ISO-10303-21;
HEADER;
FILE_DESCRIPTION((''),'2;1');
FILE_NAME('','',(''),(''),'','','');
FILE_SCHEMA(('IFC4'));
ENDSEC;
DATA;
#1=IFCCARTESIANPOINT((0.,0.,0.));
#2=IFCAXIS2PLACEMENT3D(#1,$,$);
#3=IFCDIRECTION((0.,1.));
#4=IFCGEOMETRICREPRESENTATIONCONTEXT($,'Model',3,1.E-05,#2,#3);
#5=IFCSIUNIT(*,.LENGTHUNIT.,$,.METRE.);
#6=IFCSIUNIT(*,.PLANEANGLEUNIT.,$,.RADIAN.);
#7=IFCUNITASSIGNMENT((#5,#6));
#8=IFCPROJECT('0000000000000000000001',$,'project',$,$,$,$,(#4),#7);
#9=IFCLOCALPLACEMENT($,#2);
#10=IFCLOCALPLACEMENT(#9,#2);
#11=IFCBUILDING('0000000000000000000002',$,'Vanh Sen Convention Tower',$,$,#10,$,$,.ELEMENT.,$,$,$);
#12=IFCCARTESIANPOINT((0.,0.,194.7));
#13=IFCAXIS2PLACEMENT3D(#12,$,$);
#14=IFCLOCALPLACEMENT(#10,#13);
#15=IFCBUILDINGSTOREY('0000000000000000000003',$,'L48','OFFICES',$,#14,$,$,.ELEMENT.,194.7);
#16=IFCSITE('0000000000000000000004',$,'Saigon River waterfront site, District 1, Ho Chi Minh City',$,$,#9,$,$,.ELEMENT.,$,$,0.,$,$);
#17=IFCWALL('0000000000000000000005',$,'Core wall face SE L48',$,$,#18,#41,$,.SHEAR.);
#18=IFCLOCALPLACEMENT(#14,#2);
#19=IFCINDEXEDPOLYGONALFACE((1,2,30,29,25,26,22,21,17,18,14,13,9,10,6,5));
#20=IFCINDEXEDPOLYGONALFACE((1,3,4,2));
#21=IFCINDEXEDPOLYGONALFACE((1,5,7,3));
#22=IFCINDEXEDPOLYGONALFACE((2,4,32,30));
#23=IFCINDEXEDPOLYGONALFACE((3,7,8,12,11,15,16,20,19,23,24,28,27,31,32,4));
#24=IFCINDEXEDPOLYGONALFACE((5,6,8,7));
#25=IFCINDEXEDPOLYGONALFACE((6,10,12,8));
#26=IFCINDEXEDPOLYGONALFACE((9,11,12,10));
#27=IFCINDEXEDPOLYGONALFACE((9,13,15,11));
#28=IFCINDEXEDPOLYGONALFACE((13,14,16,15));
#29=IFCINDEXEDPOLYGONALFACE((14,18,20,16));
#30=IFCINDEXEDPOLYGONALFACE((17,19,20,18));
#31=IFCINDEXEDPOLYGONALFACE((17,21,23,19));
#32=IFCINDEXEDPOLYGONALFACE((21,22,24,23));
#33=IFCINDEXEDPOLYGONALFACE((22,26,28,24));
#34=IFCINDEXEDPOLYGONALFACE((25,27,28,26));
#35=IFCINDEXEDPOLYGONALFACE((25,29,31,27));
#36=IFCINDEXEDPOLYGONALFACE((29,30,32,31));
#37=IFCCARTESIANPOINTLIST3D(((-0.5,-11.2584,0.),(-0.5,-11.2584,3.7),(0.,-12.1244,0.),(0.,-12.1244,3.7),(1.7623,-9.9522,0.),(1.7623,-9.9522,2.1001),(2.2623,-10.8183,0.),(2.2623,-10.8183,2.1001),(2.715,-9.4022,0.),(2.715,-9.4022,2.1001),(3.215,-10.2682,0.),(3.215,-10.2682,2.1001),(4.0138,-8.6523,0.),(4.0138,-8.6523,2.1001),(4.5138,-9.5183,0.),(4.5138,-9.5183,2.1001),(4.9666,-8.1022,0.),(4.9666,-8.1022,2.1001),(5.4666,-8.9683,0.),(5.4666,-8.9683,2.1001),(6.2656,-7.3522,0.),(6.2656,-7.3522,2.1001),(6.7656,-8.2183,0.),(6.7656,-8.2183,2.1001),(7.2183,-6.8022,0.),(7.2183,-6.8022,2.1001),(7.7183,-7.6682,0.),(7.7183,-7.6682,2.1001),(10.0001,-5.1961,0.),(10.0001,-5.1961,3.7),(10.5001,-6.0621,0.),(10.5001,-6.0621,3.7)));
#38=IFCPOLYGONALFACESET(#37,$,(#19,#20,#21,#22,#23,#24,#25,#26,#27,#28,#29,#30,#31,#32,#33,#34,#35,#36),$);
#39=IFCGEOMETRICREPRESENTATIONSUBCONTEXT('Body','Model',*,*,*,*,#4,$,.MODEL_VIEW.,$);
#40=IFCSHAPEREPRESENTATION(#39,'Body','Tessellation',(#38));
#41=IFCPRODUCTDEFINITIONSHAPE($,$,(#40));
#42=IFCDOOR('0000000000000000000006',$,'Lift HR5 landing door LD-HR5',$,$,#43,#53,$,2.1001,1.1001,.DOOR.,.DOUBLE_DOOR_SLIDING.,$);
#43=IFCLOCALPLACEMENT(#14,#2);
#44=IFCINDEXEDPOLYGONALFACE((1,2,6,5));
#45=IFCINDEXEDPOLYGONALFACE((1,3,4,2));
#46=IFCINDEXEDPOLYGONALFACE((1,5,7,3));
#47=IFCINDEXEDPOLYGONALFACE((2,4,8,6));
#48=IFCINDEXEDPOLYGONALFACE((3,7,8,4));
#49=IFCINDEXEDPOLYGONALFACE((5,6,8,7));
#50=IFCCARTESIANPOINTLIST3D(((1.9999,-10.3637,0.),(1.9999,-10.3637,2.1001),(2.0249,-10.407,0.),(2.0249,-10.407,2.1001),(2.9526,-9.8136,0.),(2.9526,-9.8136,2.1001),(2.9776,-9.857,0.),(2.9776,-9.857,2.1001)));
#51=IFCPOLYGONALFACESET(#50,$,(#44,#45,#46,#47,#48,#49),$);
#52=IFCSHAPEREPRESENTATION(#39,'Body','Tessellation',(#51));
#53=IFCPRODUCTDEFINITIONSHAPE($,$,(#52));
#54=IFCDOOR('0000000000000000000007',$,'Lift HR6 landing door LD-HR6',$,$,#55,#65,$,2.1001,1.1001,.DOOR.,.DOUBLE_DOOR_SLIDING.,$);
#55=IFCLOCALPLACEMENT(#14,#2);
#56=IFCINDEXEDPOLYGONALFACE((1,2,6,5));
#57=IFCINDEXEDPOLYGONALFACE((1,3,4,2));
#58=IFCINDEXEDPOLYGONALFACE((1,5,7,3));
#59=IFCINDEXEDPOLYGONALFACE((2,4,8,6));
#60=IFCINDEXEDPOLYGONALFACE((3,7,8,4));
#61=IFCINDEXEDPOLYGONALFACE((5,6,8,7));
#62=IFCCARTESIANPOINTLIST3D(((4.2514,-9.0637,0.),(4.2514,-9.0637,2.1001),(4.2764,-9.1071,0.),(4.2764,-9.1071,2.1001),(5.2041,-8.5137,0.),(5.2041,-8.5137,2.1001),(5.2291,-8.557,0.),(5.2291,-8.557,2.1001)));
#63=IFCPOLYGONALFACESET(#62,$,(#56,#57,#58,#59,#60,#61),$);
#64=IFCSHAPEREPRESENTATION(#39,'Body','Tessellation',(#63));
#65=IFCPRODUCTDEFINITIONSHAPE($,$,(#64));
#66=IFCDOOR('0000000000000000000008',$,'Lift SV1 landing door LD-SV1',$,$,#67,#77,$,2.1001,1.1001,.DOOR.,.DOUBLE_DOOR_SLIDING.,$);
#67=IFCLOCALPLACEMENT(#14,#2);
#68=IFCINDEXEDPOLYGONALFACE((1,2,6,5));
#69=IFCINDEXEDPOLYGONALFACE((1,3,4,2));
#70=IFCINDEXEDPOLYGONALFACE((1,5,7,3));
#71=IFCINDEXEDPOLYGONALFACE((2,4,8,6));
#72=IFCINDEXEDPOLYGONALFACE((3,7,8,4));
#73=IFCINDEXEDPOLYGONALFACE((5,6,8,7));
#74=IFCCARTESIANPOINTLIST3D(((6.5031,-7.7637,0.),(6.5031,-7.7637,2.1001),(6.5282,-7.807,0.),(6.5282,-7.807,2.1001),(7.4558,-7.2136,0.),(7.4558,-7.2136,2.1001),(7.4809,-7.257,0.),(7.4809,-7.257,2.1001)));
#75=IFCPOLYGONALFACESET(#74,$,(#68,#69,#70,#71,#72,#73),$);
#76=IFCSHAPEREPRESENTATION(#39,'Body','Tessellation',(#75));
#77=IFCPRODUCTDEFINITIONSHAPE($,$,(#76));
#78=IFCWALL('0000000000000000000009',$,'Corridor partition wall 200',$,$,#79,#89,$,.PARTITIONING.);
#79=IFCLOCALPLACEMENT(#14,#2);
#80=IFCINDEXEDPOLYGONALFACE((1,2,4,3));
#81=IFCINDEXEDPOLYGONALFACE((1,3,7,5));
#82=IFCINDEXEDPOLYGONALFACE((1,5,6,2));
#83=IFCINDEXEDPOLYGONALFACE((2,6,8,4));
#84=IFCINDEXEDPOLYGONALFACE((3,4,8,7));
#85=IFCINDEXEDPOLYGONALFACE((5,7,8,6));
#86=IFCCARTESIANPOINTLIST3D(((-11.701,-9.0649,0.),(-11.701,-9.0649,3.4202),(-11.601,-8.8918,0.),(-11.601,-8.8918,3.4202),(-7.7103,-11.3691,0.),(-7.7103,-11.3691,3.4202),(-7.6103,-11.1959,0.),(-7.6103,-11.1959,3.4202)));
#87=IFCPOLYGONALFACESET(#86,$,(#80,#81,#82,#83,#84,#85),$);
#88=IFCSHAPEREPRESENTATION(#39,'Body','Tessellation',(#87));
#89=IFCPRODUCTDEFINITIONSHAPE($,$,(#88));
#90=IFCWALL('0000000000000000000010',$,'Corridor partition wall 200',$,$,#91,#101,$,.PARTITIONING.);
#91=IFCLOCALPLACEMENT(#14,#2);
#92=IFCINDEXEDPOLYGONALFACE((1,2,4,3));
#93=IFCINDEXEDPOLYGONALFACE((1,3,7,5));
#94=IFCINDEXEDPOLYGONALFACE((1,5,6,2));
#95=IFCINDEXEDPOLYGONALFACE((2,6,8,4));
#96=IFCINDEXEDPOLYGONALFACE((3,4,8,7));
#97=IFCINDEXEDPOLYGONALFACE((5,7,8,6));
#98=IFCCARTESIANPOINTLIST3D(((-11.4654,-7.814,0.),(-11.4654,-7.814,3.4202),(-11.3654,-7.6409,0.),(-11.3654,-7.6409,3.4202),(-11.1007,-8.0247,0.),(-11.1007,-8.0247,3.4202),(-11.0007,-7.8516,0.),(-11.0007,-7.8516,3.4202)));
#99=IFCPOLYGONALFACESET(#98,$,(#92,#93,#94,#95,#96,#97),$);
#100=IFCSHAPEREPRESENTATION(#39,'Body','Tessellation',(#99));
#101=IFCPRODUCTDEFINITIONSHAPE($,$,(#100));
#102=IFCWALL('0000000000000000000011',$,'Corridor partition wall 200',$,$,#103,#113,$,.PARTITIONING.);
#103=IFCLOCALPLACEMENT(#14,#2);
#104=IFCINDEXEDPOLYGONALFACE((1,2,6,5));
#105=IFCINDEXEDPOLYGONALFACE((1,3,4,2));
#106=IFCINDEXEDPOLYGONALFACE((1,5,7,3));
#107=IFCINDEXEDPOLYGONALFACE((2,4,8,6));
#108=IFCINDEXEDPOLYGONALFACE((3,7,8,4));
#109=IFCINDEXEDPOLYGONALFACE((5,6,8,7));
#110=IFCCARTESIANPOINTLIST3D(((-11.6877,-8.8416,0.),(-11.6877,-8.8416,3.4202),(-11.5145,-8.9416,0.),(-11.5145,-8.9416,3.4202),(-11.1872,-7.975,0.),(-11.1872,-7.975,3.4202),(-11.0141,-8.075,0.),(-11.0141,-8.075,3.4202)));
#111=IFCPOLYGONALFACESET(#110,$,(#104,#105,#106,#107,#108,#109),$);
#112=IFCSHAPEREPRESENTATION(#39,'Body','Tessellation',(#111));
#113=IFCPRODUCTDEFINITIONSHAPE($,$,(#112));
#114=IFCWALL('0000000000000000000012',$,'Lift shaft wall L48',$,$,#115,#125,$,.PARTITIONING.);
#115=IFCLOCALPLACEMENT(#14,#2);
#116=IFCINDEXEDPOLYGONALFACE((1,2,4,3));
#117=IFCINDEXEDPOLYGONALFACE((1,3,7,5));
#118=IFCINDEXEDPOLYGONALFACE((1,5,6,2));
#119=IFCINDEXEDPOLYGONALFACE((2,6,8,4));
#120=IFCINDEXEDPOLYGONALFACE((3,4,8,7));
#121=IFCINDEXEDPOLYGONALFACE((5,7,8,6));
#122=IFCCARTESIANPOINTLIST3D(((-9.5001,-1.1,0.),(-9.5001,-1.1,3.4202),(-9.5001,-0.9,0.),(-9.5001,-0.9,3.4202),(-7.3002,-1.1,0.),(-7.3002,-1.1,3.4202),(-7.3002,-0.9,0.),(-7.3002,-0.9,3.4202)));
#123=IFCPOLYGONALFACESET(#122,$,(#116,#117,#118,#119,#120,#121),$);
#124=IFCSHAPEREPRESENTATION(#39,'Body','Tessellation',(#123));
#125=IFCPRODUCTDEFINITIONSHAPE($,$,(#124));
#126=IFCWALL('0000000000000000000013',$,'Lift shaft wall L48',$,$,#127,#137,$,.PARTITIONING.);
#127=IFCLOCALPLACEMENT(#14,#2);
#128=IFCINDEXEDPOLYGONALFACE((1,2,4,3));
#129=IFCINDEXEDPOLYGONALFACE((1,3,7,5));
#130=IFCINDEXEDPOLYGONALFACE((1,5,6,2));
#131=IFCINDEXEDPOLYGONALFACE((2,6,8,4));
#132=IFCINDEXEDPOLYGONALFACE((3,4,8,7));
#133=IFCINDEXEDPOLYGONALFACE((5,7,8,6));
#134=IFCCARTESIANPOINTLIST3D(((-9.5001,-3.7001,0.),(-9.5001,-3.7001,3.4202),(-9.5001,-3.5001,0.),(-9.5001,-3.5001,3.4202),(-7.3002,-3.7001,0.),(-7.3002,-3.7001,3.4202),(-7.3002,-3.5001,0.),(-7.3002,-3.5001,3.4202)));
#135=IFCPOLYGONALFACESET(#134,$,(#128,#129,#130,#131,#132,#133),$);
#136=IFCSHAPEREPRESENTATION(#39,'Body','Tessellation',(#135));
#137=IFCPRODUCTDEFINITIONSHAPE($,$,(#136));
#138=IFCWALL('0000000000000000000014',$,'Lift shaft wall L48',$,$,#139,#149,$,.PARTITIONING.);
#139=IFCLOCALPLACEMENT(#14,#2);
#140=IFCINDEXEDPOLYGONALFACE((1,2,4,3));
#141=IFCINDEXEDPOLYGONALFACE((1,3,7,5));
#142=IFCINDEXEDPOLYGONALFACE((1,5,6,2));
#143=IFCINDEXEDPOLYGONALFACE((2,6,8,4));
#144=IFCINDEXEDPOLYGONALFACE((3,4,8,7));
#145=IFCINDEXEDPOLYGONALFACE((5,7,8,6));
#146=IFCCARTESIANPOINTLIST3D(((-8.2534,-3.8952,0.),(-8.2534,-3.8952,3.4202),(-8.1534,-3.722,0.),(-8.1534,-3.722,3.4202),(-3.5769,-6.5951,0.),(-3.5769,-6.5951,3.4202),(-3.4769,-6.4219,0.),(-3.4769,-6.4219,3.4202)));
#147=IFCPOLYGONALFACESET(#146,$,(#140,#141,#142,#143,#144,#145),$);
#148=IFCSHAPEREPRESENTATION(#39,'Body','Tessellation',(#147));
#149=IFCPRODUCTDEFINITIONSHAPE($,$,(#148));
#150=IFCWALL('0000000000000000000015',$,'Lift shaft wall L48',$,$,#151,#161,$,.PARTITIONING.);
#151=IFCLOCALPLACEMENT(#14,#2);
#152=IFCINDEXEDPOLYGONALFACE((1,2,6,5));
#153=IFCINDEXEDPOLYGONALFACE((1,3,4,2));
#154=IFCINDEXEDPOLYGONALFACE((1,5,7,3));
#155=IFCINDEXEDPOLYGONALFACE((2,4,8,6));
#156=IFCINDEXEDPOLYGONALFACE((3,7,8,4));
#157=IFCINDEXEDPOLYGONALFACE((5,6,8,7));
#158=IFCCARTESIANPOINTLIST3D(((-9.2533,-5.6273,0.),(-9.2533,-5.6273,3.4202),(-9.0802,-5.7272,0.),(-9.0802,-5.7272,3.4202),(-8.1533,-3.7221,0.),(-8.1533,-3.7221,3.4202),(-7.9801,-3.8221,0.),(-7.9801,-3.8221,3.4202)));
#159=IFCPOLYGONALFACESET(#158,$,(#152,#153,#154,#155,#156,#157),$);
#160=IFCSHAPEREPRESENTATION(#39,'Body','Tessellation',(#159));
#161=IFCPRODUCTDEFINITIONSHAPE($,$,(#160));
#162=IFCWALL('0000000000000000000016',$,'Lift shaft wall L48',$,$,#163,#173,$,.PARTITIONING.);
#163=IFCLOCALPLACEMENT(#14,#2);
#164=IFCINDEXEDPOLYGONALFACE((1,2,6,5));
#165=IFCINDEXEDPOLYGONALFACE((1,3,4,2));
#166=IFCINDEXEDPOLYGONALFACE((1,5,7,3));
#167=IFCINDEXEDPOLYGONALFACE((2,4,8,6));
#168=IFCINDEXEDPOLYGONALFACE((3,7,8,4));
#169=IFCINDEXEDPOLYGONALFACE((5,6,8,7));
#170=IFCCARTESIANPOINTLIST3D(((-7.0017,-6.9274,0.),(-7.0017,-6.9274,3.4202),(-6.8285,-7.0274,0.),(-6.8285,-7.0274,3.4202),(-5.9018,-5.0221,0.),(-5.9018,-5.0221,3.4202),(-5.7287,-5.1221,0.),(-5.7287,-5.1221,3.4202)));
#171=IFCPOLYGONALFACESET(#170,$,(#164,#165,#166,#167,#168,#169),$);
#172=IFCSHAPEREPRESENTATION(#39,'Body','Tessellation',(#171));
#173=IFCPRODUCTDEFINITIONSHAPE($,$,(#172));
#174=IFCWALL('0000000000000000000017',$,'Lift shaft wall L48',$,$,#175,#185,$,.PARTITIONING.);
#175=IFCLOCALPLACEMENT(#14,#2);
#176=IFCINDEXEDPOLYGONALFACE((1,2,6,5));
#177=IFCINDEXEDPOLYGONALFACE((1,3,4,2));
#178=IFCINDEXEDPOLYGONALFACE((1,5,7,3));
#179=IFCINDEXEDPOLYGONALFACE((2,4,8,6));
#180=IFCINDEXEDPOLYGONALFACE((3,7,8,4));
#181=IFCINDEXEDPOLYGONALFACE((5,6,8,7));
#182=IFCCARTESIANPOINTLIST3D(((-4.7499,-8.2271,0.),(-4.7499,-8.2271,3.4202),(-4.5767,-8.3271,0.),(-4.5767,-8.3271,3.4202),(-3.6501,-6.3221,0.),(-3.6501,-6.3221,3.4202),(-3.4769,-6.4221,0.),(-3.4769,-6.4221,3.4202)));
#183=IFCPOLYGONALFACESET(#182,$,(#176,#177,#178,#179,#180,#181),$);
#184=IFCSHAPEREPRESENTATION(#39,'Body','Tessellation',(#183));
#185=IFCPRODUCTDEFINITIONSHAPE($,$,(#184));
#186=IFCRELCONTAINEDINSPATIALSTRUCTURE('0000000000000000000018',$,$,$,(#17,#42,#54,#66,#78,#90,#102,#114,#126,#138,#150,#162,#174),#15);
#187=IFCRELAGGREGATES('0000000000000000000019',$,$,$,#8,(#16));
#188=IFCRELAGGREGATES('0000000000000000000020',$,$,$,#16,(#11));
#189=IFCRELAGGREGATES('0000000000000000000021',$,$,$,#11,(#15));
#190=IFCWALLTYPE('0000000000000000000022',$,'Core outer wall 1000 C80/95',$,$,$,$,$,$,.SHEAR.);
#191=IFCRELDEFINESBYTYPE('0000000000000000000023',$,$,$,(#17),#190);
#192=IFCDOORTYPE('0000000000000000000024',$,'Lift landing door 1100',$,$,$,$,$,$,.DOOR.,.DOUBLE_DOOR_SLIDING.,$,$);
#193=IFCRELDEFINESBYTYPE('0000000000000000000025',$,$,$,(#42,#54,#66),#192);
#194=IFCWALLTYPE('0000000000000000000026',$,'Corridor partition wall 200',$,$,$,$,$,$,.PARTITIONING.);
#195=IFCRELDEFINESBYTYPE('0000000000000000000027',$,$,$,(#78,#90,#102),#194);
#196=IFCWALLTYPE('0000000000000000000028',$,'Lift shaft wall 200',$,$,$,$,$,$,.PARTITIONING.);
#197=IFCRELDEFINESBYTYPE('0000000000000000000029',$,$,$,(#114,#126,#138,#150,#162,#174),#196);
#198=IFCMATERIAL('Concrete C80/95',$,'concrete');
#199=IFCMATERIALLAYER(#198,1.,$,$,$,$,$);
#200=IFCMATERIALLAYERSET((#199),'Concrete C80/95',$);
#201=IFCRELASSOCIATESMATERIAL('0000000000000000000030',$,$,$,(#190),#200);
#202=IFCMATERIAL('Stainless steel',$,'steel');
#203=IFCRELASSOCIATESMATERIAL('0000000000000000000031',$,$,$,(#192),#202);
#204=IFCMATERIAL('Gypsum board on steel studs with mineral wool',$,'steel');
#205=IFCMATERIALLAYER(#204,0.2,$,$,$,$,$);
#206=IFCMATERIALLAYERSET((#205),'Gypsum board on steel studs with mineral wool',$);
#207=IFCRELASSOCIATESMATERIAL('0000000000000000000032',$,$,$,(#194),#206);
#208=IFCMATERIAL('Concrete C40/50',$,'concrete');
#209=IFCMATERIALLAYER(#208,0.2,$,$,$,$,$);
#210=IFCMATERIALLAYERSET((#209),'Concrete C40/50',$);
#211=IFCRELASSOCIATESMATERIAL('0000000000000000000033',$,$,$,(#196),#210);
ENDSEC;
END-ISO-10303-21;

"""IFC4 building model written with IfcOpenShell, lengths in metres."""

from ifc_helpers import new_model, si_unit, direction, frame, frame_2d, origin, place, context, subcontext, project, spatial, rectangle, extrude, material, layer, layer_set, type_object, element, fill, save


model = new_model("IFC4")

# Units and contexts
model_context = context("Model", 3, precision=1e-05, world=origin(), true_north=direction((0.0, 1.0)))
body_context = subcontext(model_context, "Body", "Model", "MODEL_VIEW")
ifc_project = project(units=[si_unit("LENGTHUNIT", "METRE"), si_unit("PLANEANGLEUNIT", "RADIAN")], contexts=[model_context])

# Site, building, storey
site_placement = place(None, origin())
site = spatial("IfcSite", under=ifc_project, at=site_placement, Name="Saigon River waterfront site, District 1, Ho Chi Minh City", CompositionType="ELEMENT", RefElevation=0.0)
building_placement = place(site_placement, origin())
building = spatial("IfcBuilding", under=site, at=building_placement, Name="Vanh Sen Convention Tower", CompositionType="ELEMENT")
storey_placement = place(building_placement, frame((0.0, 0.0, 194.7)))
storey = spatial("IfcBuildingStorey", under=building, at=storey_placement, Name="L48", Description="OFFICES", CompositionType="ELEMENT", Elevation=194.7)

# Shared definitions
ifc_material_1 = material(Name="Concrete C40/50", Category="concrete")

# Wall, openings, doors
ifc_material_2 = material(Name="Concrete C80/95", Category="concrete")
ifc_layer_1 = layer(ifc_material_2, 1.0)
ifc_layer_set_1 = layer_set([ifc_layer_1], Name="Concrete C80/95")
wall_type_1 = type_object("IfcWallType", Name="Core outer wall 1000 C80/95", PredefinedType="SHEAR", material=ifc_layer_set_1)
ifc_material_3 = material(Name="Stainless steel", Category="steel")
door_type_1 = type_object("IfcDoorType", Name="Lift landing door 1100", OperationType="DOUBLE_DOOR_SLIDING", PredefinedType="DOOR", material=ifc_material_3)
wall_1_placement = place(storey_placement, frame((-0.25, -11.6914, 0.0), z_axis=(0.0, 0.0, 1.0), x_axis=(0.866023, 0.500005, 0.0)))
wall_1 = element("IfcWall", 1, at=wall_1_placement, inside=storey, type_object=wall_type_1, Name="Core wall face SE L48", PredefinedType="SHEAR", context=body_context, shape_type="SweptSolid", body=[
    extrude(rectangle(XDim=12.1245, YDim=1.0, at=frame_2d((6.0623, 0.0))), origin(), (0.0, 0.0, 1.0), 3.7),
])
opening_1_placement = place(wall_1_placement, frame((2.6123, 0.0, 0.0)))
opening_1 = element("IfcOpeningElement", 2, at=opening_1_placement, cuts=wall_1, PredefinedType="OPENING", context=body_context, shape_type="SweptSolid", body=[
    extrude(rectangle(XDim=1.1001, YDim=2.1001, at=frame_2d((0.55, 1.05))), frame((0.0, 0.51, 0.0), z_axis=(0.0, -1.0, 0.0), x_axis=(1.0, 0.0, 0.0)), (0.0, 0.0, 1.0), 1.02),
])
opening_2_placement = place(wall_1_placement, frame((5.2122, 0.0, 0.0)))
opening_2 = element("IfcOpeningElement", 3, at=opening_2_placement, cuts=wall_1, PredefinedType="OPENING", context=body_context, shape_type="SweptSolid", body=[
    extrude(rectangle(XDim=1.1001, YDim=2.1001, at=frame_2d((0.55, 1.05))), frame((0.0, 0.51, 0.0), z_axis=(0.0, -1.0, 0.0), x_axis=(1.0, 0.0, 0.0)), (0.0, 0.0, 1.0), 1.02),
])
opening_3_placement = place(wall_1_placement, frame((7.8123, 0.0, 0.0)))
opening_3 = element("IfcOpeningElement", 4, at=opening_3_placement, cuts=wall_1, PredefinedType="OPENING", context=body_context, shape_type="SweptSolid", body=[
    extrude(rectangle(XDim=1.1001, YDim=2.1001, at=frame_2d((0.55, 1.05))), frame((0.0, 0.51, 0.0), z_axis=(0.0, -1.0, 0.0), x_axis=(1.0, 0.0, 0.0)), (0.0, 0.0, 1.0), 1.02),
])
door_1_placement = place(opening_1_placement, origin())
door_1 = element("IfcDoor", 5, at=door_1_placement, inside=storey, type_object=door_type_1, Name="Lift HR5 landing door LD-HR5", OperationType="DOUBLE_DOOR_SLIDING", OverallHeight=2.1001, OverallWidth=1.1001, PredefinedType="DOOR", context=body_context, shape_type="SweptSolid", body=[
    extrude(rectangle(XDim=1.1001, YDim=2.1001, at=frame_2d((0.55, 1.05))), frame((0.0, 0.0249, 0.0), z_axis=(0.0, -1.0, 0.0), x_axis=(1.0, 0.0, 0.0)), (0.0, 0.0, 1.0), 0.05),
])
fill(opening_1, door_1)
door_2_placement = place(opening_2_placement, origin())
door_2 = element("IfcDoor", 6, at=door_2_placement, inside=storey, type_object=door_type_1, Name="Lift HR6 landing door LD-HR6", OperationType="DOUBLE_DOOR_SLIDING", OverallHeight=2.1001, OverallWidth=1.1001, PredefinedType="DOOR", context=body_context, shape_type="SweptSolid", body=[
    extrude(rectangle(XDim=1.1001, YDim=2.1001, at=frame_2d((0.55, 1.05))), frame((0.0, 0.0249, 0.0), z_axis=(0.0, -1.0, 0.0), x_axis=(1.0, 0.0, 0.0)), (0.0, 0.0, 1.0), 0.05),
])
fill(opening_2, door_2)
door_3_placement = place(opening_3_placement, origin())
door_3 = element("IfcDoor", 7, at=door_3_placement, inside=storey, type_object=door_type_1, Name="Lift SV1 landing door LD-SV1", OperationType="DOUBLE_DOOR_SLIDING", OverallHeight=2.1001, OverallWidth=1.1001, PredefinedType="DOOR", context=body_context, shape_type="SweptSolid", body=[
    extrude(rectangle(XDim=1.1001, YDim=2.1001, at=frame_2d((0.55, 1.05))), frame((0.0, 0.0249, 0.0), z_axis=(0.0, -1.0, 0.0), x_axis=(1.0, 0.0, 0.0)), (0.0, 0.0, 1.0), 0.05),
])
fill(opening_3, door_3)

# Walls
ifc_material_4 = material(Name="Gypsum board on steel studs with mineral wool", Category="steel")
ifc_layer_2 = layer(ifc_material_4, 0.2)
ifc_layer_set_2 = layer_set([ifc_layer_2], Name="Gypsum board on steel studs with mineral wool")
wall_type_2 = type_object("IfcWallType", Name="Corridor partition wall 200", PredefinedType="PARTITIONING", material=ifc_layer_set_2)
wall_2_placement = place(storey_placement, frame((-11.6511, -8.9783, 0.0), z_axis=(0.0, 0.0, 1.0), x_axis=(0.866011, -0.500025, 0.0)))
element("IfcWall", 8, at=wall_2_placement, inside=storey, type_object=wall_type_2, Name="Corridor partition wall 200", PredefinedType="PARTITIONING", context=body_context, shape_type="SweptSolid", body=[
    extrude(rectangle(XDim=4.6082, YDim=0.2, at=frame_2d((2.3042, 0.0))), origin(), (0.0, 0.0, 1.0), 3.4202),
])
wall_3_placement = place(storey_placement, frame((-11.4153, -7.7275, 0.0), z_axis=(0.0, 0.0, 1.0), x_axis=(0.865915, -0.500191, 0.0)))
element("IfcWall", 9, at=wall_3_placement, inside=storey, type_object=wall_type_2, Name="Corridor partition wall 200", PredefinedType="PARTITIONING", context=body_context, shape_type="SweptSolid", body=[
    extrude(rectangle(XDim=0.4211, YDim=0.2, at=frame_2d((0.2104, 0.0))), origin(), (0.0, 0.0, 1.0), 3.4202),
])
wall_4_placement = place(storey_placement, frame((-11.1006, -8.0249, 0.0), z_axis=(0.0, 0.0, 1.0), x_axis=(-0.500074, -0.865982, 0.0)))
element("IfcWall", 10, at=wall_4_placement, inside=storey, type_object=wall_type_2, Name="Corridor partition wall 200", PredefinedType="PARTITIONING", context=body_context, shape_type="SweptSolid", body=[
    extrude(rectangle(XDim=1.0007, YDim=0.2, at=frame_2d((0.5005, 0.0))), origin(), (0.0, 0.0, 1.0), 3.4202),
])
ifc_layer_3 = layer(ifc_material_1, 0.2)
ifc_layer_set_3 = layer_set([ifc_layer_3], Name="Concrete C40/50")
wall_type_3 = type_object("IfcWallType", Name="Lift shaft wall 200", PredefinedType="PARTITIONING", material=ifc_layer_set_3)
for number, where, z_axis, x_axis, name in (
    (11, (-7.3, -1.0, 0.0), (0.0, 0.0, 1.0), (-1.0, 0.0, 0.0), "Lift shaft wall L48"),
    (12, (-7.3, -3.6001, 0.0), (0.0, 0.0, 1.0), (-1.0, 0.0, 0.0), "Lift shaft wall L48"),
):
    element("IfcWall", number, at=place(storey_placement, frame(where, z_axis=z_axis, x_axis=x_axis)), inside=storey, type_object=wall_type_3, Name=name, PredefinedType="PARTITIONING", context=body_context, shape_type="SweptSolid", body=[
        extrude(rectangle(XDim=2.2, YDim=0.2, at=frame_2d((1.1001, 0.0))), origin(), (0.0, 0.0, 1.0), 3.4202),
    ])
wall_5_placement = place(storey_placement, frame((-8.2034, -3.8086, 0.0), z_axis=(0.0, 0.0, 1.0), x_axis=(0.866028, -0.499995, 0.0)))
element("IfcWall", 13, at=wall_5_placement, inside=storey, type_object=wall_type_3, Name="Lift shaft wall L48", PredefinedType="PARTITIONING", context=body_context, shape_type="SweptSolid", body=[
    extrude(rectangle(XDim=5.3999, YDim=0.2, at=frame_2d((2.7, 0.0))), origin(), (0.0, 0.0, 1.0), 3.4202),
])
for number, where, z_axis, x_axis, name in (
    (14, (-8.0667, -3.772, 0.0), (0.0, 0.0, 1.0), (-0.50003, -0.866008, 0.0), "Lift shaft wall L48"),
    (15, (-5.8152, -5.072, 0.0), (0.0, 0.0, 1.0), (-0.499947, -0.866056, 0.0), "Lift shaft wall L48"),
):
    element("IfcWall", number, at=place(storey_placement, frame(where, z_axis=z_axis, x_axis=x_axis)), inside=storey, type_object=wall_type_3, Name=name, PredefinedType="PARTITIONING", context=body_context, shape_type="SweptSolid", body=[
        extrude(rectangle(XDim=2.2, YDim=0.2, at=frame_2d((1.1001, 0.0))), origin(), (0.0, 0.0, 1.0), 3.4202),
    ])
wall_6_placement = place(storey_placement, frame((-3.5635, -6.3721, 0.0), z_axis=(0.0, 0.0, 1.0), x_axis=(-0.499995, -0.866028, 0.0)))
element("IfcWall", 16, at=wall_6_placement, inside=storey, type_object=wall_type_3, Name="Lift shaft wall L48", PredefinedType="PARTITIONING", context=body_context, shape_type="SweptSolid", body=[
    extrude(rectangle(XDim=2.1997, YDim=0.2, at=frame_2d((1.0999, 0.0))), origin(), (0.0, 0.0, 1.0), 3.4202),
])

save(model, "model.ifc")
